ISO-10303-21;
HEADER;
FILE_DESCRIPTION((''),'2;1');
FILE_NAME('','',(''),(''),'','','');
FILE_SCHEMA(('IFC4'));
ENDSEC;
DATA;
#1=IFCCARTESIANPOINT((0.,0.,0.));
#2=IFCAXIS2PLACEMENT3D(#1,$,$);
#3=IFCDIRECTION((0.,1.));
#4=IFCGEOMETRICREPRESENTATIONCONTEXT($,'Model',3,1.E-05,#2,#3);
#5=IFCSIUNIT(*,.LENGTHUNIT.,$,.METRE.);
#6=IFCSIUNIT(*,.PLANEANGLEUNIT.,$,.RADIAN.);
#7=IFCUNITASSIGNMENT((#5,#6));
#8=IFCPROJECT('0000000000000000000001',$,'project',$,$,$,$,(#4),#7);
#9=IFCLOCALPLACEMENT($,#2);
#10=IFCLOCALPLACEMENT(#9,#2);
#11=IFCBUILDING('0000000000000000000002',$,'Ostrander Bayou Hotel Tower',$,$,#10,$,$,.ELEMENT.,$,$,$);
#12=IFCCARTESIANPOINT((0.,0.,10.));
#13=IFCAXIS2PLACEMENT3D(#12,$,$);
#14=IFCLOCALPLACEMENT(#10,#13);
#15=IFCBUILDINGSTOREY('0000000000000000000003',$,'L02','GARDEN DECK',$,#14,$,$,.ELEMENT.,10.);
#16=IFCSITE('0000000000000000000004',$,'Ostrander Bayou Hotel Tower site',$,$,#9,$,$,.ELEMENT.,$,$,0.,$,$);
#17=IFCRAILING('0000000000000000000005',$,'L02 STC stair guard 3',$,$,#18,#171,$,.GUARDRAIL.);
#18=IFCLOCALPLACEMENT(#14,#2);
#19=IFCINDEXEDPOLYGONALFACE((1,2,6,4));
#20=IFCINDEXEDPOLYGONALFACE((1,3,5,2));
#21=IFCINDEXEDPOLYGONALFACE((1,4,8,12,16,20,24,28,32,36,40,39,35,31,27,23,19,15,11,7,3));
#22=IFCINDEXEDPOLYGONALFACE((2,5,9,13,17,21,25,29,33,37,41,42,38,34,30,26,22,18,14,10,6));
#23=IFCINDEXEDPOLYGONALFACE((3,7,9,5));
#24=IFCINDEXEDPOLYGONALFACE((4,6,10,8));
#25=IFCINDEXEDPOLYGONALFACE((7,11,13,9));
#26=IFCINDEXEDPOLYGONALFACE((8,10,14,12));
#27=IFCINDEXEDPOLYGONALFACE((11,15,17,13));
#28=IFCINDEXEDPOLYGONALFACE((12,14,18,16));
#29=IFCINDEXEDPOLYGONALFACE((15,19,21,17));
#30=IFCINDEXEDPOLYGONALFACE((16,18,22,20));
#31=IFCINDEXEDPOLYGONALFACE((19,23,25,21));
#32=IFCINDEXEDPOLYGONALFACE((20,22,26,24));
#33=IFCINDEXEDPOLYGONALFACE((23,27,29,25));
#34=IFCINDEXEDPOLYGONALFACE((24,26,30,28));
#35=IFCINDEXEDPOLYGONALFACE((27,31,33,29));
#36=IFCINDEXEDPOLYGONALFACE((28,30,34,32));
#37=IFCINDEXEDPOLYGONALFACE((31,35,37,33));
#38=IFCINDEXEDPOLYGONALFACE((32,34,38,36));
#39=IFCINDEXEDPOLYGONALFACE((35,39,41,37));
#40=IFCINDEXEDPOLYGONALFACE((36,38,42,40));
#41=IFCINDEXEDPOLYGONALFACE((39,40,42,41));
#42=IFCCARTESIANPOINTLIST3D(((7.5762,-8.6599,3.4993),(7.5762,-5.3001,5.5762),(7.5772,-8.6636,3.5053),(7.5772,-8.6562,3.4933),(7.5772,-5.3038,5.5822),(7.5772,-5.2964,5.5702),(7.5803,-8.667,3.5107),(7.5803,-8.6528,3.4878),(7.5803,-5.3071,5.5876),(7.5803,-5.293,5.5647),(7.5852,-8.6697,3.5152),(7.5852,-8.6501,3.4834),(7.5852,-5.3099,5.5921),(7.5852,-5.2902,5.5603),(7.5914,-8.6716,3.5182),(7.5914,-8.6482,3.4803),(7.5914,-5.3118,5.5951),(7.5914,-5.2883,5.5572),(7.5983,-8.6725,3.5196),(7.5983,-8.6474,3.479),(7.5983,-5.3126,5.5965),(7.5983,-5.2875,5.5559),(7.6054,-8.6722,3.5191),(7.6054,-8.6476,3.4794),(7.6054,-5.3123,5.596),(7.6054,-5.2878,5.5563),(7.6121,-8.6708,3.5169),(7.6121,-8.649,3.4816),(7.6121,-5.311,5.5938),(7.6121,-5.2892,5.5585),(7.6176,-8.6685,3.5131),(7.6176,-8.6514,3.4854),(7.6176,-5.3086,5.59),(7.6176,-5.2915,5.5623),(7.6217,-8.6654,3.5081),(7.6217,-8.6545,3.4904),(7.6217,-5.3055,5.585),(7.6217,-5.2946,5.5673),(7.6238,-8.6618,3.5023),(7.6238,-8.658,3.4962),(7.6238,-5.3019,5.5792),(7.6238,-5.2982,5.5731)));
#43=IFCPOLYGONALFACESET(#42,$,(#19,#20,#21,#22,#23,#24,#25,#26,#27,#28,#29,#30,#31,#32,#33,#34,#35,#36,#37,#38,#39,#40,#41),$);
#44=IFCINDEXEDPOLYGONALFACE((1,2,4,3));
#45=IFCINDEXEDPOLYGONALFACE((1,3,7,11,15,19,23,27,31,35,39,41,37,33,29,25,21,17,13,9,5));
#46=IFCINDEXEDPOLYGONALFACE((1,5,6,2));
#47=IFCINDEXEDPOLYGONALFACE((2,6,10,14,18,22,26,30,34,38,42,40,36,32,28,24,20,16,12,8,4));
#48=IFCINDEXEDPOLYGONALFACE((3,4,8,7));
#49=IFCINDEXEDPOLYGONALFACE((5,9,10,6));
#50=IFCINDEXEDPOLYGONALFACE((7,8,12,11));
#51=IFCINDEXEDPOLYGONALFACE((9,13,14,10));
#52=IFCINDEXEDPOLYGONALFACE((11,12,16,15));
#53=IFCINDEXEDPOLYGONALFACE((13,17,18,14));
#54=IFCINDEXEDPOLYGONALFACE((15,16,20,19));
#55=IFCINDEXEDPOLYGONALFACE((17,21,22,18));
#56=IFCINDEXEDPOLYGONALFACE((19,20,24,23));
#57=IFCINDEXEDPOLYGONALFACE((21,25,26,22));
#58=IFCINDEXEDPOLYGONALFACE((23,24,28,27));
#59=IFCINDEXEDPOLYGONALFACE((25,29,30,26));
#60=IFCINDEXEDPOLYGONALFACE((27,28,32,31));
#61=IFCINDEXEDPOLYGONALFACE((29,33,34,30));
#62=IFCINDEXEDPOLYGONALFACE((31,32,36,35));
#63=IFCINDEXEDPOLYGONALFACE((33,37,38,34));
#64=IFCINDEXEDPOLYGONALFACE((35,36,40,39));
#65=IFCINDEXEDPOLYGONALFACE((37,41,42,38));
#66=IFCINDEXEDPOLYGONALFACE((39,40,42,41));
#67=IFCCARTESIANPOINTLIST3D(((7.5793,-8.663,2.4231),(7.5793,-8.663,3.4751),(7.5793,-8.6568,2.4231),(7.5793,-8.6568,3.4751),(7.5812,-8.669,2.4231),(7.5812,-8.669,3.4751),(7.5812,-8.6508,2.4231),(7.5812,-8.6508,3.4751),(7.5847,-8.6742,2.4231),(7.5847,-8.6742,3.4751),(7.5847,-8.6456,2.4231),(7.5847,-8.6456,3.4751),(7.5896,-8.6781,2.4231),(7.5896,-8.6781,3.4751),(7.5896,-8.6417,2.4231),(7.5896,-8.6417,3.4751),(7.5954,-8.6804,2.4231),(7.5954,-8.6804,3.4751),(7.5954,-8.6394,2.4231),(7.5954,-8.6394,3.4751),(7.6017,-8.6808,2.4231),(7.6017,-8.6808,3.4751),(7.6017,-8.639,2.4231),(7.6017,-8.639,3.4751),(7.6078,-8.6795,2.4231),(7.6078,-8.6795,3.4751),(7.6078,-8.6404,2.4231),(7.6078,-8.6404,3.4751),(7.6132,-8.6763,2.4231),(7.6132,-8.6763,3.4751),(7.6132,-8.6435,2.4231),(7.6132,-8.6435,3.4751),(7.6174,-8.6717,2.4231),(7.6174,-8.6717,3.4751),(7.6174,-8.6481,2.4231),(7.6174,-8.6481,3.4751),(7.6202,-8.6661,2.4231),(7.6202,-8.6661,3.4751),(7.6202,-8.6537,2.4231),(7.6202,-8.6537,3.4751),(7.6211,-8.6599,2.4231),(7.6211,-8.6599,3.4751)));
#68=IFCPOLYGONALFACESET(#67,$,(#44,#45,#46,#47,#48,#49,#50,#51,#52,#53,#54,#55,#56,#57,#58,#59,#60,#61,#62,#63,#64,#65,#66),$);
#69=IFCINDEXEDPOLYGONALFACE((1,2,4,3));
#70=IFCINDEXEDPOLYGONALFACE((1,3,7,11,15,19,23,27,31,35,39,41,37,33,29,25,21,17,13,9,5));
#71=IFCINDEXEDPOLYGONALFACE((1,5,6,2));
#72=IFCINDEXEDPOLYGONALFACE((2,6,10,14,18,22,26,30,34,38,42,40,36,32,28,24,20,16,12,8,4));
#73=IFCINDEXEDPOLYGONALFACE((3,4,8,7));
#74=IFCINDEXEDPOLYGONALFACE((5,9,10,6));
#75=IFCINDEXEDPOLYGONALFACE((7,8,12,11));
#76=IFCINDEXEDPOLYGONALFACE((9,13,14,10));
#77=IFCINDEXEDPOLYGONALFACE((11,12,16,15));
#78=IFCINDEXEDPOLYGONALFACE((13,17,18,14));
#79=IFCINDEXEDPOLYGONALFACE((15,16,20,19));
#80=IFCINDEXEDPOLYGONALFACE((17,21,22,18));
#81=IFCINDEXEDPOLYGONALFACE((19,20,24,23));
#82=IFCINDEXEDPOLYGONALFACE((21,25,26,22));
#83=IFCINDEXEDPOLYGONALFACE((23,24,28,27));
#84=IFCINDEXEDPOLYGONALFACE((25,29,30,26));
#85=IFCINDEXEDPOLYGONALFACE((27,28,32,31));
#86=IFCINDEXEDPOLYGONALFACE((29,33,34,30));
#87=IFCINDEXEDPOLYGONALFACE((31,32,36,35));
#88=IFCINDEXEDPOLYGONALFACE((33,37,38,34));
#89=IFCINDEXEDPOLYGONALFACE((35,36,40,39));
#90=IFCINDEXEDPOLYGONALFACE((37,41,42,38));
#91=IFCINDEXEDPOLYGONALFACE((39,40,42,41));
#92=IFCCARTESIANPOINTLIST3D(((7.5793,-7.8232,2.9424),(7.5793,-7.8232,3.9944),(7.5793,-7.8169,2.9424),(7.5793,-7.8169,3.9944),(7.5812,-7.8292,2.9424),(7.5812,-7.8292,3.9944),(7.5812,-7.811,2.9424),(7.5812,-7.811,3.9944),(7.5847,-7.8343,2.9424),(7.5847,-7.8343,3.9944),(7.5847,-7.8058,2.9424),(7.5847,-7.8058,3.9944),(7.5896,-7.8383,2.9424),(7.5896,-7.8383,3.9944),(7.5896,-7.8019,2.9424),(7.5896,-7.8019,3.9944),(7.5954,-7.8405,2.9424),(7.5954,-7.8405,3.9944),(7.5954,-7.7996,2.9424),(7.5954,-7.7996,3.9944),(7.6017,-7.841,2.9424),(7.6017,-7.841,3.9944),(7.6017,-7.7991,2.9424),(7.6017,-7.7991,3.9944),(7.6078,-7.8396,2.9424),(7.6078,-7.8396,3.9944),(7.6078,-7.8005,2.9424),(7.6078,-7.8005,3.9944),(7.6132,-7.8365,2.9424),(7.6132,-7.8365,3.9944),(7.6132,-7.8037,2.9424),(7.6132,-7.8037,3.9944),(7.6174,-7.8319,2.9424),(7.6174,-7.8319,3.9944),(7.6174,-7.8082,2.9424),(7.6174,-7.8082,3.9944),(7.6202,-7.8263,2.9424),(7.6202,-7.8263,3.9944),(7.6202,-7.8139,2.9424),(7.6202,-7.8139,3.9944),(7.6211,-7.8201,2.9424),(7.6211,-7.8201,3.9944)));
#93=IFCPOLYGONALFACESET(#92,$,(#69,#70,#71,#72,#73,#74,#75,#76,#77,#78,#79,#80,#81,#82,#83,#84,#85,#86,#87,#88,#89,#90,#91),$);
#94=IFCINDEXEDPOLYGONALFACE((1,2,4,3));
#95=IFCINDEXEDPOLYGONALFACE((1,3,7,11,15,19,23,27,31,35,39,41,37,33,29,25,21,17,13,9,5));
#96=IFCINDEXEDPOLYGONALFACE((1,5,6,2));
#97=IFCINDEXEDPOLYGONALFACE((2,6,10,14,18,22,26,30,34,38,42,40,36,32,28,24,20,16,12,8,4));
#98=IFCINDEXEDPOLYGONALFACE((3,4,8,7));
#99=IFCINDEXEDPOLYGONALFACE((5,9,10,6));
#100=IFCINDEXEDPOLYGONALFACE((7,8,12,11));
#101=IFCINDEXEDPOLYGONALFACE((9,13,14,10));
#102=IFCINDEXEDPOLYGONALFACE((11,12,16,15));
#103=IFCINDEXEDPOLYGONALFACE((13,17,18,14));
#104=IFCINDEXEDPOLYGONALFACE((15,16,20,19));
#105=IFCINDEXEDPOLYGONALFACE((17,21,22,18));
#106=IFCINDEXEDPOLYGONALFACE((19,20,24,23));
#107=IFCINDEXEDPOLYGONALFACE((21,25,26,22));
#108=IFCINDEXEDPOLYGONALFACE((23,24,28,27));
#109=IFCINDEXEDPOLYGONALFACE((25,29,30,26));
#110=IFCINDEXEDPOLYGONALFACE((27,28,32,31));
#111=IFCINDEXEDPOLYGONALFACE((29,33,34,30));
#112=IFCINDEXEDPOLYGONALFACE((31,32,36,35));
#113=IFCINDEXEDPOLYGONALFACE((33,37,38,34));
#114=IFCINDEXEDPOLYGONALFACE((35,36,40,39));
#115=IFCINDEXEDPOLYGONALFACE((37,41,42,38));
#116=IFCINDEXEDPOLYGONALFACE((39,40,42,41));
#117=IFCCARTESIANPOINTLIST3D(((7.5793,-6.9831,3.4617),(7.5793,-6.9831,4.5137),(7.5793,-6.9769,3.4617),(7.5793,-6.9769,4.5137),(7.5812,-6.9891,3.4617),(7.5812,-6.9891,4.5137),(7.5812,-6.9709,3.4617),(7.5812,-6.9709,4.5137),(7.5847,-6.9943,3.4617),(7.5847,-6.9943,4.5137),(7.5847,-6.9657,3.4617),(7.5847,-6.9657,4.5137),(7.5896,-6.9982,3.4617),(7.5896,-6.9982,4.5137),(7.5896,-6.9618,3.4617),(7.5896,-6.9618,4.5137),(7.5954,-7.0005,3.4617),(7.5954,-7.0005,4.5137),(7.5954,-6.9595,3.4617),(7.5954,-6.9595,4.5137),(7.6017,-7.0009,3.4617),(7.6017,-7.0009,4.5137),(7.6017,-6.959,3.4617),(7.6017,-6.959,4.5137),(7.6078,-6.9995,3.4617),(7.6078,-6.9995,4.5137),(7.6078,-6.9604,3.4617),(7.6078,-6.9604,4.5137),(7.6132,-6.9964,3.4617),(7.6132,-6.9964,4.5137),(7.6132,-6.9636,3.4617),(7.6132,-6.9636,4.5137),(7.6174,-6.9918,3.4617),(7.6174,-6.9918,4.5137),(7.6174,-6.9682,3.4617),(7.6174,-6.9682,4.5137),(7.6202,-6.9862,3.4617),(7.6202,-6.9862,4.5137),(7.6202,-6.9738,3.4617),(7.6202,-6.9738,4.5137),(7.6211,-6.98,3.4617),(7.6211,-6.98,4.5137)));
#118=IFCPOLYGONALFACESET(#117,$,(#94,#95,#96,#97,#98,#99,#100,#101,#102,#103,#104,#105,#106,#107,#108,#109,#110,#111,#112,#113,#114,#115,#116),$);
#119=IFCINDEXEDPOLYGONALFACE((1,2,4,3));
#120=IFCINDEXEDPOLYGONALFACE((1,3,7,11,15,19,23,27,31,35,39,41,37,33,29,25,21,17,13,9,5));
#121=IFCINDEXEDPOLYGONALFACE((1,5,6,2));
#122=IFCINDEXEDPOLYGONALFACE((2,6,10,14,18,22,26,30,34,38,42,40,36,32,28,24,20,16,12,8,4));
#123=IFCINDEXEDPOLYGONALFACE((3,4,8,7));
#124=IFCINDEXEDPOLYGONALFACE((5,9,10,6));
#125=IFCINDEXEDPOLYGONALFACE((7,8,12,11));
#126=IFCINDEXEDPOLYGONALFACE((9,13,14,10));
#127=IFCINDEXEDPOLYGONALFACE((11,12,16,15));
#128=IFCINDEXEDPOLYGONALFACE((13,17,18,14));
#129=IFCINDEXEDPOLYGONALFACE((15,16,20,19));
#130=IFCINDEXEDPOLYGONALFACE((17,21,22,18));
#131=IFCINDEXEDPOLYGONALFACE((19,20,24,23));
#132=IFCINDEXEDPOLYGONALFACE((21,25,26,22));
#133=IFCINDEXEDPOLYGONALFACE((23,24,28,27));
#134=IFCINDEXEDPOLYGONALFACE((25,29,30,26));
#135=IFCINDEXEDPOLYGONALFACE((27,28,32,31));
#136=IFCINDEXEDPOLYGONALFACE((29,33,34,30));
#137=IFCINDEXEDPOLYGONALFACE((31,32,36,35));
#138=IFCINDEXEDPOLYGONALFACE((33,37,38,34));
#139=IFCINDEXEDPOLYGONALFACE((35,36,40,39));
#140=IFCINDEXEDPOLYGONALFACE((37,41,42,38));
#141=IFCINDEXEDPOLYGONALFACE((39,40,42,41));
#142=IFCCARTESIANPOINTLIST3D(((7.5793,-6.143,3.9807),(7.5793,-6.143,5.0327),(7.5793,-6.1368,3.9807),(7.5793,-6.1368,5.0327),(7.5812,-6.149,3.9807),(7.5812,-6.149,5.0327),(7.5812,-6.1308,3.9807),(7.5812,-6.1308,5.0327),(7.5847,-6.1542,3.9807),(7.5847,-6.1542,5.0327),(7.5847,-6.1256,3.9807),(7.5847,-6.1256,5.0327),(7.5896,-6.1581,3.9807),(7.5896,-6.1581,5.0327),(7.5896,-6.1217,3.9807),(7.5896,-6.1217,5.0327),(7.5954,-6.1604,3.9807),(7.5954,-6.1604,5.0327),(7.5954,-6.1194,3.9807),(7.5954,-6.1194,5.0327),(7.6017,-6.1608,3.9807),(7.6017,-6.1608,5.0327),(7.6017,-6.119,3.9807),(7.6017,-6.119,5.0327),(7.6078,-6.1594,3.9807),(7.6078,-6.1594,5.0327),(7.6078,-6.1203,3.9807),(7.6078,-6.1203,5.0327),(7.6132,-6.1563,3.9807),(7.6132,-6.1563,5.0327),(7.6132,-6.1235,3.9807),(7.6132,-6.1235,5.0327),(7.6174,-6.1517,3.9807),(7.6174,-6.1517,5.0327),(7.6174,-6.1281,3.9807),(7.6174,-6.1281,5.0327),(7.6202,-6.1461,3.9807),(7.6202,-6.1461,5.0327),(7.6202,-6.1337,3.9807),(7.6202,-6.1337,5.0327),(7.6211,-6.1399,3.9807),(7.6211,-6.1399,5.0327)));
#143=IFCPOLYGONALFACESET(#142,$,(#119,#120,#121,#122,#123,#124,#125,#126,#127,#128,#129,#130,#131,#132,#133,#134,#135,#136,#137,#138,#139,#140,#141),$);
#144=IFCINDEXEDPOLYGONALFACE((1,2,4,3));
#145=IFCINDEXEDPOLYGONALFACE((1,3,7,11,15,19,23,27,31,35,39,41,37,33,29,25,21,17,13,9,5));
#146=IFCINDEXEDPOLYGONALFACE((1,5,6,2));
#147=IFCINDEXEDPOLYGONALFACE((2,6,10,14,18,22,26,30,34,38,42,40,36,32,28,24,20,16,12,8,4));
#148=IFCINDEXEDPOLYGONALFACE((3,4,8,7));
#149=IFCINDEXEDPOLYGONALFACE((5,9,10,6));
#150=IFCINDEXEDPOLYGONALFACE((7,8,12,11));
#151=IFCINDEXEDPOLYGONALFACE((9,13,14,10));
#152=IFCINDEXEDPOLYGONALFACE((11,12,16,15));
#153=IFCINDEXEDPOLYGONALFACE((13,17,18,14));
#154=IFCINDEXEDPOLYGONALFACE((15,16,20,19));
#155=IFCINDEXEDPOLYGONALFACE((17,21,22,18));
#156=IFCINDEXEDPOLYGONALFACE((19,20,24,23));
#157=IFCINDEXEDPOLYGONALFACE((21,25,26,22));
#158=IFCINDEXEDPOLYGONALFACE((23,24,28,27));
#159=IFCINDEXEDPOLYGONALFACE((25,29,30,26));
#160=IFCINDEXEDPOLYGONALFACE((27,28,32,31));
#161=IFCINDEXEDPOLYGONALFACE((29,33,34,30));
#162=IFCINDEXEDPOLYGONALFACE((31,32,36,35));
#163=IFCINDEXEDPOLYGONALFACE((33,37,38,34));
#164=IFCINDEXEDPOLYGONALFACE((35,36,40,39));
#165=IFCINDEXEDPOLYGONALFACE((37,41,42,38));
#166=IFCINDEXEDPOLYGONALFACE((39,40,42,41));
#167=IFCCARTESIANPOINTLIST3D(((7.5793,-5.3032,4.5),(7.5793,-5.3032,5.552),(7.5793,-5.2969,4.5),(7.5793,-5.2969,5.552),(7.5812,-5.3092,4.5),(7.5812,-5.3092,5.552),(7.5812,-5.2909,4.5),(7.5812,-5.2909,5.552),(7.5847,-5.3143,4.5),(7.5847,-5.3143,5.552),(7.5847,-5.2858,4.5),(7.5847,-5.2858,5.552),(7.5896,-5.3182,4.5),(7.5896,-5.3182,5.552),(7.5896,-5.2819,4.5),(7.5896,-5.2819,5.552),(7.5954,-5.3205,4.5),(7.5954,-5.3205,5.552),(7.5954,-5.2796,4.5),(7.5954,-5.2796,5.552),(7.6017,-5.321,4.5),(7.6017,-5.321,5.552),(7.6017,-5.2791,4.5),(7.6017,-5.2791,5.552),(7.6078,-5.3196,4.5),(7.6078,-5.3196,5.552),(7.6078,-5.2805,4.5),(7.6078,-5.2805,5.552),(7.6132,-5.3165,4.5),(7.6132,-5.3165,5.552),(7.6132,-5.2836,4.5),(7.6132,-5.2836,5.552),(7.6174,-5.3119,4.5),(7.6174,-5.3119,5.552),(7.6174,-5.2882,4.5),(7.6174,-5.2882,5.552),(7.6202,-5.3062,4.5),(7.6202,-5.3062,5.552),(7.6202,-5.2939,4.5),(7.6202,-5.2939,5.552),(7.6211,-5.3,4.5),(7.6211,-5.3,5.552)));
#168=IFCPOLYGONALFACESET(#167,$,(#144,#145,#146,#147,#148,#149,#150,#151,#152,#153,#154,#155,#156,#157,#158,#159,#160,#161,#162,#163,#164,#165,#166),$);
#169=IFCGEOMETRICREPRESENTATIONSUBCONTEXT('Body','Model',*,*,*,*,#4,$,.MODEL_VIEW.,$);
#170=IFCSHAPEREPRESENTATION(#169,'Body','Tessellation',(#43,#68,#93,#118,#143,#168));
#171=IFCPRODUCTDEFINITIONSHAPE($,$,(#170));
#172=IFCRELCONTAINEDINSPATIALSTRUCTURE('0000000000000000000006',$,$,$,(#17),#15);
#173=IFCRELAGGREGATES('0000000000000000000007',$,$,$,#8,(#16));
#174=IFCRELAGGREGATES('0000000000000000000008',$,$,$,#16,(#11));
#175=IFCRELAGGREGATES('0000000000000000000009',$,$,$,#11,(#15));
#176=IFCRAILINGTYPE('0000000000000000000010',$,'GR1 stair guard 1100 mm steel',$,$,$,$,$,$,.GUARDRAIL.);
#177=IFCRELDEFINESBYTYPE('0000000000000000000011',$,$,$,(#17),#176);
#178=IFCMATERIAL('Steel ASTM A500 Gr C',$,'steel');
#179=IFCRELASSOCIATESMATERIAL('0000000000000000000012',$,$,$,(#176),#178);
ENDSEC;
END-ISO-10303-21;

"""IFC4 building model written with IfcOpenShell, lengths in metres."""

from ifc_helpers import new_model, si_unit, direction, frame, origin, origin_2d, place, context, subcontext, project, spatial, circle, extrude, material, type_object, element, save


model = new_model("IFC4")

# Units and contexts
model_context = context("Model", 3, precision=1e-05, world=origin(), true_north=direction((0.0, 1.0)))
body_context = subcontext(model_context, "Body", "Model", "MODEL_VIEW")
ifc_project = project(units=[si_unit("LENGTHUNIT", "METRE"), si_unit("PLANEANGLEUNIT", "RADIAN")], contexts=[model_context])

# Site, building, storey
site_placement = place(None, origin())
site = spatial("IfcSite", under=ifc_project, at=site_placement, Name="Ostrander Bayou Hotel Tower site", CompositionType="ELEMENT", RefElevation=0.0)
building_placement = place(site_placement, origin())
building = spatial("IfcBuilding", under=site, at=building_placement, Name="Ostrander Bayou Hotel Tower", CompositionType="ELEMENT")
storey_placement = place(building_placement, frame((0.0, 0.0, 10.0)))
storey = spatial("IfcBuildingStorey", under=building, at=storey_placement, Name="L02", Description="GARDEN DECK", CompositionType="ELEMENT", Elevation=10.0)

# Railing
ifc_material_1 = material(Name="Steel ASTM A500 Gr C", Category="steel")
railing_type = type_object("IfcRailingType", Name="GR1 stair guard 1100 mm steel", PredefinedType="GUARDRAIL", material=ifc_material_1)
railing_1_placement = place(storey_placement, frame((7.6001, -8.6599, 2.4231)))
element("IfcRailing", 1, at=railing_1_placement, inside=storey, type_object=railing_type, Name="L02 STC stair guard 3", PredefinedType="GUARDRAIL", context=body_context, shape_type="SweptSolid", body=[
    extrude(circle(Radius=0.0239, at=origin_2d()), frame((0.0, 0.0, 1.0762), z_axis=(0.0, 0.850606, 0.525803), x_axis=(-1.0, 0.0, 0.0)), (0.0, 0.0, 1.0), 3.95),
    extrude(circle(Radius=0.021, at=origin_2d()), origin(), (0.0, 0.0, 1.0), 1.052),
    extrude(circle(Radius=0.021, at=origin_2d()), frame((0.0, 0.8398, 0.5193)), (0.0, 0.0, 1.0), 1.052),
    extrude(circle(Radius=0.021, at=origin_2d()), frame((0.0, 1.6799, 1.0386)), (0.0, 0.0, 1.0), 1.052),
    extrude(circle(Radius=0.021, at=origin_2d()), frame((0.0, 2.52, 1.5576)), (0.0, 0.0, 1.0), 1.052),
    extrude(circle(Radius=0.021, at=origin_2d()), frame((0.0, 3.3599, 2.0769)), (0.0, 0.0, 1.0), 1.052),
])

save(model, "model.ifc")
